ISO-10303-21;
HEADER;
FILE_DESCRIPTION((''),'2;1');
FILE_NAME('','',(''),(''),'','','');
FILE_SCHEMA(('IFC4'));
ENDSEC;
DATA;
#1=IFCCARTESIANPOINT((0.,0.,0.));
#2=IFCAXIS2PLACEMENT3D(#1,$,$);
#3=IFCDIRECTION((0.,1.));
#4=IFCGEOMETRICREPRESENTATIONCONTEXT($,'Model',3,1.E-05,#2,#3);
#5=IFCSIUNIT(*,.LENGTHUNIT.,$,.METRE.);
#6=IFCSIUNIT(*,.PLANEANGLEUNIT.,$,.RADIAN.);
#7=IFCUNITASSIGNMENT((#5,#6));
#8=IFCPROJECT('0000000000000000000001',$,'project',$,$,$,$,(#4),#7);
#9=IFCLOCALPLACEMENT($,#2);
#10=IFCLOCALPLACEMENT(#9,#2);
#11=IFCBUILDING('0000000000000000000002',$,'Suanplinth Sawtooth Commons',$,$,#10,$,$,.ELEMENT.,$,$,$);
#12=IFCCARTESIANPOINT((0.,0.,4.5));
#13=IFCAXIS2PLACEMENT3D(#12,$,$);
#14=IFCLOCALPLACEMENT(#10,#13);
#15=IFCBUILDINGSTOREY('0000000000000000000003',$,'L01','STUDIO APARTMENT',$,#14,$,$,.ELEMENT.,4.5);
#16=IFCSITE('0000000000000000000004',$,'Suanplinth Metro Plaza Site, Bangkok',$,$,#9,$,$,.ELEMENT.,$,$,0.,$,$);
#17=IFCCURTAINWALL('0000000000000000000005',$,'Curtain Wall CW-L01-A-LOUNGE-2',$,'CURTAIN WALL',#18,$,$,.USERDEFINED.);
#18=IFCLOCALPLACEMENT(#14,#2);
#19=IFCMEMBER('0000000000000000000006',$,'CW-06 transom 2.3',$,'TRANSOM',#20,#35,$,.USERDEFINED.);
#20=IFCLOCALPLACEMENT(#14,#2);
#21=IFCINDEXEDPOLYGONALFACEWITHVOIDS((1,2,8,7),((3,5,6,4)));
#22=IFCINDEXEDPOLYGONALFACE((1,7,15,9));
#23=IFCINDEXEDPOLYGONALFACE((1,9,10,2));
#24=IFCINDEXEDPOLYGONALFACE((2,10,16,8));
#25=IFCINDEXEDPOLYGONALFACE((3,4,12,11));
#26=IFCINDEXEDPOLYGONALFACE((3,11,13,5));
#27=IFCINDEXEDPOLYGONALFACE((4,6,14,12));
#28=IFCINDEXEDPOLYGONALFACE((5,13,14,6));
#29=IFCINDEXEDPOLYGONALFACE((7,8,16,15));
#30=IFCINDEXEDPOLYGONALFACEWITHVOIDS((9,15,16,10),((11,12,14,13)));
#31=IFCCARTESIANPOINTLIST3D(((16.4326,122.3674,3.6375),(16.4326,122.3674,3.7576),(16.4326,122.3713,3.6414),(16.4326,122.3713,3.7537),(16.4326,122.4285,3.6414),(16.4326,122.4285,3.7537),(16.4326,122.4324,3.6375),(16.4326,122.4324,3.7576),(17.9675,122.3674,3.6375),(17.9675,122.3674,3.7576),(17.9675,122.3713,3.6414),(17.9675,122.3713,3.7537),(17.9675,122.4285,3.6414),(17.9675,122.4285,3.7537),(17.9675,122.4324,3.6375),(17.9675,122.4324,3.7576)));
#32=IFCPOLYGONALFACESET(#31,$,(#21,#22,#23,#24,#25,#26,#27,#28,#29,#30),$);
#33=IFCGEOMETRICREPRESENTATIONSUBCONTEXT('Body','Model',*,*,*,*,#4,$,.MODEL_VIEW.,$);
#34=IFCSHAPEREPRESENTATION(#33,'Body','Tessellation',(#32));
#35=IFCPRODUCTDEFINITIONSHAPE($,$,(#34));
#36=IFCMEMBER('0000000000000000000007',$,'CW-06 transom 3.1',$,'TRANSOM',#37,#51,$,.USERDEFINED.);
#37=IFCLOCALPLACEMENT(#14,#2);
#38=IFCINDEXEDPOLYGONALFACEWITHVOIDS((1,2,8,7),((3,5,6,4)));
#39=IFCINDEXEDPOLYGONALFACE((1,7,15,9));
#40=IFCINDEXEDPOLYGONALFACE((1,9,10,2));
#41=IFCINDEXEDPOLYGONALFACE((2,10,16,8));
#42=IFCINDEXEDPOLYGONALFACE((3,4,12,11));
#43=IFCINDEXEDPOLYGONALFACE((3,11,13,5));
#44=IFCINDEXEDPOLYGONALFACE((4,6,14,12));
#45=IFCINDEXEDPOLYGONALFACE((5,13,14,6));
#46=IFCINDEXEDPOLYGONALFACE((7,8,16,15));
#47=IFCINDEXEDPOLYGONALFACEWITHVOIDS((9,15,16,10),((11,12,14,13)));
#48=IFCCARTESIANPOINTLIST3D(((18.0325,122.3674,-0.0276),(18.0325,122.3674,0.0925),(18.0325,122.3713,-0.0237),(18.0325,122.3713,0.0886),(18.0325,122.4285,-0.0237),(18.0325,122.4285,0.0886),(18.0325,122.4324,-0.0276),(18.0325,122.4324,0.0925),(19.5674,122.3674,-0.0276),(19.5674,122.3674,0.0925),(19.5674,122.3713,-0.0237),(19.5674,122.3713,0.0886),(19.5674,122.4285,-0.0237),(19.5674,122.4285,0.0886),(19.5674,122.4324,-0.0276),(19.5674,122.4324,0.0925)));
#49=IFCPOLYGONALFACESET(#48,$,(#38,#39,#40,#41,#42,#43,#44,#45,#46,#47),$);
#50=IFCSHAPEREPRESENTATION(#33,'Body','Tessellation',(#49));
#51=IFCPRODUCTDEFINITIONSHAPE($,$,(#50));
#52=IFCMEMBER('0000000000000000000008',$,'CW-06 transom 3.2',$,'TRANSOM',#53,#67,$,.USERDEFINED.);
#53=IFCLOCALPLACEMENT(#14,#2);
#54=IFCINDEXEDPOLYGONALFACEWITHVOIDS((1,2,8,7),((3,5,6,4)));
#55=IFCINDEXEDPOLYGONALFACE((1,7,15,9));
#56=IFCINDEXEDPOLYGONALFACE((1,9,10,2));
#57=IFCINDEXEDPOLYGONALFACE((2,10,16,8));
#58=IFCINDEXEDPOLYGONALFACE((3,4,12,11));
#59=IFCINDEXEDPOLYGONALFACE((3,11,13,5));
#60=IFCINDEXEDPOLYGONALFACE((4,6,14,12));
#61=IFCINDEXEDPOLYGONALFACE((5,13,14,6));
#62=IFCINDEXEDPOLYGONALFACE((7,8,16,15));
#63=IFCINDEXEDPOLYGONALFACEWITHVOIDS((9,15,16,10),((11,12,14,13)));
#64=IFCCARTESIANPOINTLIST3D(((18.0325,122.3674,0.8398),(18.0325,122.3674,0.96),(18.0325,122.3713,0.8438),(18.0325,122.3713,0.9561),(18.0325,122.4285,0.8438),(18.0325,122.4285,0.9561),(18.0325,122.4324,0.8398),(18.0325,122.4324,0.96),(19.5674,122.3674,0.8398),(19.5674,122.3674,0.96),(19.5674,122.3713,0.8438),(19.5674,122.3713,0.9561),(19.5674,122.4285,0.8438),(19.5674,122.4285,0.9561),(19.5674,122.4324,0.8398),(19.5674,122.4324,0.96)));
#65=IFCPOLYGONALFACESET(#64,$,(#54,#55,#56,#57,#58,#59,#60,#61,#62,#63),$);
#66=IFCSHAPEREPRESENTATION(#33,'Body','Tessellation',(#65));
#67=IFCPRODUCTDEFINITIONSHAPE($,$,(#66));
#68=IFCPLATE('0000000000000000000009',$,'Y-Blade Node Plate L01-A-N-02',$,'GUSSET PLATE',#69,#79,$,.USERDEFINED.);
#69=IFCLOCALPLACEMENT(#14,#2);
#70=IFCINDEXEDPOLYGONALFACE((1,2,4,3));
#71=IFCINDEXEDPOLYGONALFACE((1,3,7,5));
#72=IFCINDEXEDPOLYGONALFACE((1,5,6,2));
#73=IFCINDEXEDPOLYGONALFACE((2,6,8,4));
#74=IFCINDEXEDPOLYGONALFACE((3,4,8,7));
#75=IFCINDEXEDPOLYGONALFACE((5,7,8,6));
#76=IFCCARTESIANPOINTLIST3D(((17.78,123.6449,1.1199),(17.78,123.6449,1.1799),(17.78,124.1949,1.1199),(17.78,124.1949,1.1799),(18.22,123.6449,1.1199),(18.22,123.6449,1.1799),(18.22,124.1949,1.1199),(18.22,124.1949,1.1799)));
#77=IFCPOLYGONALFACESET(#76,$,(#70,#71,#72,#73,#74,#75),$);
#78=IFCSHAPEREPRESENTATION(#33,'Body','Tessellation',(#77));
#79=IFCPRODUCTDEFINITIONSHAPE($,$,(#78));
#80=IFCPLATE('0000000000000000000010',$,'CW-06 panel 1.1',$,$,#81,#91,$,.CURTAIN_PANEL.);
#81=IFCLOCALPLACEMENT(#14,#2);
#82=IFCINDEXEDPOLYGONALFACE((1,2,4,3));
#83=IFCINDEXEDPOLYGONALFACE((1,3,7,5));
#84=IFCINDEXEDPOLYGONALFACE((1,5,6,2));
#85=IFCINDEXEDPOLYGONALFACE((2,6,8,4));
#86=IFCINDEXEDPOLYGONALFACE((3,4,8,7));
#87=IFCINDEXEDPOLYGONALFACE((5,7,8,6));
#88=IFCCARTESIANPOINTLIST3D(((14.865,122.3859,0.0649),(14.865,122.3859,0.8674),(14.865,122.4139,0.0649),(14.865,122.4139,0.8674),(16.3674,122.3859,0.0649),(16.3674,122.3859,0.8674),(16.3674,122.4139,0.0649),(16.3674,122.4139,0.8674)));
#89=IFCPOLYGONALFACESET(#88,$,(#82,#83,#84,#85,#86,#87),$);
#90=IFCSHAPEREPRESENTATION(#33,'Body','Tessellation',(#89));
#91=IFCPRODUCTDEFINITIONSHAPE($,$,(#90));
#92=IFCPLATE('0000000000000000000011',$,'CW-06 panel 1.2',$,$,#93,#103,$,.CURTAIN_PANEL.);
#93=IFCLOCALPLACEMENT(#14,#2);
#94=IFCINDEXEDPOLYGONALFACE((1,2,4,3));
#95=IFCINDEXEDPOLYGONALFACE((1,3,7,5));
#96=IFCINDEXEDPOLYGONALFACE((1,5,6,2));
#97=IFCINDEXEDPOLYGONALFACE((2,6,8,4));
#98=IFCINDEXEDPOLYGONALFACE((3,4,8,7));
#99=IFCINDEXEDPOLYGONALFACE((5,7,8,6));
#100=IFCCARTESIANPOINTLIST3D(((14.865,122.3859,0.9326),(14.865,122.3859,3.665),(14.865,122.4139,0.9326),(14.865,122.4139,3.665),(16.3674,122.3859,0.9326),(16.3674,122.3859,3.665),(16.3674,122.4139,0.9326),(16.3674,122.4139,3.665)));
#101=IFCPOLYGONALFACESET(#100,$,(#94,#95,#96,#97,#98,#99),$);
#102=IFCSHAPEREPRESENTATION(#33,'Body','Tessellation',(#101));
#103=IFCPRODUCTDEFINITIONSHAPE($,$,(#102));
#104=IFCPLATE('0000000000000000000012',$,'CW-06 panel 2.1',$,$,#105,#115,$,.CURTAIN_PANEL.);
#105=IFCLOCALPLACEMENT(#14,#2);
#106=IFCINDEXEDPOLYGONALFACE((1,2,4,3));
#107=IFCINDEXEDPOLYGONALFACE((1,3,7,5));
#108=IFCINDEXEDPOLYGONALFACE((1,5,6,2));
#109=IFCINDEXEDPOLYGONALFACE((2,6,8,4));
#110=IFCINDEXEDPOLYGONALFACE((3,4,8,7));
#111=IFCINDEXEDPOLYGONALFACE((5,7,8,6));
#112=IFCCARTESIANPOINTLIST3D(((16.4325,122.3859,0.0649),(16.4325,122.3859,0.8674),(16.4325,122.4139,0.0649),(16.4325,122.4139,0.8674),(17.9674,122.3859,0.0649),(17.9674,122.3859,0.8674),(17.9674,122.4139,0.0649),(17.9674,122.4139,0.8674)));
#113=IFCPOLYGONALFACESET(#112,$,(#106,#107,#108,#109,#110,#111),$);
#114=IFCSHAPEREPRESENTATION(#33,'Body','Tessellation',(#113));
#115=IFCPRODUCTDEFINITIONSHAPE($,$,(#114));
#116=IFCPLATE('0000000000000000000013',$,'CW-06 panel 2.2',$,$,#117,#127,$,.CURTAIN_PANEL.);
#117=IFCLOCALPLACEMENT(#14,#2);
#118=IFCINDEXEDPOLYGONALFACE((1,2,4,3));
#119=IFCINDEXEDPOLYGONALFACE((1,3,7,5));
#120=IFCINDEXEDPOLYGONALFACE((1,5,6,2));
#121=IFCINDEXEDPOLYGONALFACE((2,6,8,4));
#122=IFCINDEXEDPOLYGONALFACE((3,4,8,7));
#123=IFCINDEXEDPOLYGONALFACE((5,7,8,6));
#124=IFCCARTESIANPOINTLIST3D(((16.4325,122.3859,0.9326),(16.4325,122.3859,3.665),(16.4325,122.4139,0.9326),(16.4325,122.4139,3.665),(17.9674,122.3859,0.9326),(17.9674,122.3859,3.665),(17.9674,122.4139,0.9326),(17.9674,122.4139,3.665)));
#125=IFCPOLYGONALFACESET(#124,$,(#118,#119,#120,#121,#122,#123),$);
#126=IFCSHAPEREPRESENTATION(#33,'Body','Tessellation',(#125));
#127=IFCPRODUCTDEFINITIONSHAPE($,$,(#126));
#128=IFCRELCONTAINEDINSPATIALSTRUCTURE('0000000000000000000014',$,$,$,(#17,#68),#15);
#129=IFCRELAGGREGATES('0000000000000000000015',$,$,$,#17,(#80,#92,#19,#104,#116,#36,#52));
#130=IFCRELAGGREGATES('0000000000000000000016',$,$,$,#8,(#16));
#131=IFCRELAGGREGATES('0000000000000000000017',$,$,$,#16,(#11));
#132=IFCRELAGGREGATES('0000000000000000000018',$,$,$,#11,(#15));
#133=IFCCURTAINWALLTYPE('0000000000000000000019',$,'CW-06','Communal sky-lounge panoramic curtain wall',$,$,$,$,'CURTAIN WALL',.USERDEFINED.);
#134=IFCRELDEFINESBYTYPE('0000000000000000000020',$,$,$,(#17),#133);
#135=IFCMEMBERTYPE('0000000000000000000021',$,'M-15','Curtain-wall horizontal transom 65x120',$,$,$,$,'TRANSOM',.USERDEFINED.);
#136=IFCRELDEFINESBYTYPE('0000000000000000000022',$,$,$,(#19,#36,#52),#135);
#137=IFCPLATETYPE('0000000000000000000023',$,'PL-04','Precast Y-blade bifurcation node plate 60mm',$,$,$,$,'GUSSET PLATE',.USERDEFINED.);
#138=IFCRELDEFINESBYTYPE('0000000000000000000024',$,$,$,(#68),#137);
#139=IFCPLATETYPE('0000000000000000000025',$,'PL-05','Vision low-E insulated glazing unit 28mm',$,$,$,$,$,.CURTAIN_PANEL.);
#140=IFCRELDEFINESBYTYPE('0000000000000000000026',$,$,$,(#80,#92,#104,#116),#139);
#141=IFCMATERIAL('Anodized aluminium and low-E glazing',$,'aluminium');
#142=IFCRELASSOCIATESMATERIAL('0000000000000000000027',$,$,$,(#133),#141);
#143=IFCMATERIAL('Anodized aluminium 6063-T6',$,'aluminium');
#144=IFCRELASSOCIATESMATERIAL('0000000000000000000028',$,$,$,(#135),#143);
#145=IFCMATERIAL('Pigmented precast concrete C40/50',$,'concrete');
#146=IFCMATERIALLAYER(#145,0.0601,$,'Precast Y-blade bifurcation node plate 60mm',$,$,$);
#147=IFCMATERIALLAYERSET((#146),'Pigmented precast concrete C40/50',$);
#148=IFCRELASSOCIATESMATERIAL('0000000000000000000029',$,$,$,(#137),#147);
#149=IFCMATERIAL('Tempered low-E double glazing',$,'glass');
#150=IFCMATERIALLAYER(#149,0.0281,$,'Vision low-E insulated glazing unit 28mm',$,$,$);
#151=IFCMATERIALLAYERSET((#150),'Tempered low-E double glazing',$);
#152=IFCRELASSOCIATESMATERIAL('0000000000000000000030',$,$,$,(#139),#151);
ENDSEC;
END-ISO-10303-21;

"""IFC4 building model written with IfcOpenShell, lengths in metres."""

from ifc_helpers import new_model, si_unit, direction, frame, origin, origin_2d, place, context, subcontext, project, spatial, rectangle, hollow_rectangle, extrude, material, layer, layer_set, material_profile, profile_set, type_object, element, aggregate, save


model = new_model("IFC4")

# Units and contexts
model_context = context("Model", 3, precision=1e-05, world=origin(), true_north=direction((0.0, 1.0)))
body_context = subcontext(model_context, "Body", "Model", "MODEL_VIEW")
ifc_project = project(units=[si_unit("LENGTHUNIT", "METRE"), si_unit("PLANEANGLEUNIT", "RADIAN")], contexts=[model_context])

# Site, building, storey
site_placement = place(None, origin())
site = spatial("IfcSite", under=ifc_project, at=site_placement, Name="Suanplinth Metro Plaza Site, Bangkok", CompositionType="ELEMENT", RefElevation=0.0)
building_placement = place(site_placement, origin())
building = spatial("IfcBuilding", under=site, at=building_placement, Name="Suanplinth Sawtooth Commons", CompositionType="ELEMENT")
storey_placement = place(building_placement, frame((0.0, 0.0, 4.5)))
storey = spatial("IfcBuildingStorey", under=building, at=storey_placement, Name="L01", Description="STUDIO APARTMENT", CompositionType="ELEMENT", Elevation=4.5)

# Shared definitions
ifc_material_1 = material(Name="Pigmented precast concrete C40/50", Category="concrete")

# Curtain wall, members
ifc_material_2 = material(Name="Anodized aluminium and low-E glazing", Category="aluminium")
curtain_wall_type = type_object("IfcCurtainWallType", Name="CW-06", Description="Communal sky-lounge panoramic curtain wall", ElementType="CURTAIN WALL", PredefinedType="USERDEFINED", material=ifc_material_2)
curtain_wall_placement = place(storey_placement, origin())
curtain_wall = element("IfcCurtainWall", 1, at=curtain_wall_placement, inside=storey, type_object=curtain_wall_type, Name="Curtain Wall CW-L01-A-LOUNGE-2", ObjectType="CURTAIN WALL", PredefinedType="USERDEFINED")
ifc_material_3 = material(Name="Anodized aluminium 6063-T6", Category="aluminium")
ifc_material_profile_1 = material_profile(ifc_material_3, hollow_rectangle(XDim=0.0649, YDim=0.1201, WallThickness=0.0039, at=origin_2d()), Name="ALU-TRN 65x120")
ifc_profile_set_1 = profile_set([ifc_material_profile_1], Name="Anodized aluminium 6063-T6")
member_type_1 = type_object("IfcMemberType", Name="M-15", Description="Curtain-wall horizontal transom 65x120", ElementType="TRANSOM", PredefinedType="USERDEFINED", material=ifc_profile_set_1)
member_1_placement = place(storey_placement, frame((16.4326, 122.3999, 3.6975), z_axis=(1.0, 0.0, 0.0), x_axis=(0.0, 1.0, 0.0)))
member_1 = element("IfcMember", 2, at=member_1_placement, type_object=member_type_1, Name="CW-06 transom 2.3", ObjectType="TRANSOM", PredefinedType="USERDEFINED", context=body_context, shape_type="SweptSolid", body=[
    extrude(hollow_rectangle(XDim=0.0649, YDim=0.1201, WallThickness=0.0039, at=origin_2d()), origin(), (0.0, 0.0, 1.0), 1.5349),
])
member_2_placement = place(storey_placement, frame((18.0325, 122.3999, 0.0325), z_axis=(1.0, 0.0, 0.0), x_axis=(0.0, 1.0, 0.0)))
member_2 = element("IfcMember", 3, at=member_2_placement, type_object=member_type_1, Name="CW-06 transom 3.1", ObjectType="TRANSOM", PredefinedType="USERDEFINED", context=body_context, shape_type="SweptSolid", body=[
    extrude(hollow_rectangle(XDim=0.0649, YDim=0.1201, WallThickness=0.0039, at=origin_2d()), origin(), (0.0, 0.0, 1.0), 1.5349),
])
member_3_placement = place(storey_placement, frame((18.0325, 122.3999, 0.8999), z_axis=(1.0, 0.0, 0.0), x_axis=(0.0, 1.0, 0.0)))
member_3 = element("IfcMember", 4, at=member_3_placement, type_object=member_type_1, Name="CW-06 transom 3.2", ObjectType="TRANSOM", PredefinedType="USERDEFINED", context=body_context, shape_type="SweptSolid", body=[
    extrude(hollow_rectangle(XDim=0.0649, YDim=0.1201, WallThickness=0.0039, at=origin_2d()), origin(), (0.0, 0.0, 1.0), 1.5349),
])

# Plates
ifc_layer_1 = layer(ifc_material_1, 0.0601, Name="Precast Y-blade bifurcation node plate 60mm")
ifc_layer_set_1 = layer_set([ifc_layer_1], Name="Pigmented precast concrete C40/50")
plate_type_1 = type_object("IfcPlateType", Name="PL-04", Description="Precast Y-blade bifurcation node plate 60mm", ElementType="GUSSET PLATE", PredefinedType="USERDEFINED", material=ifc_layer_set_1)
plate_1_placement = place(storey_placement, frame((18.0, 123.9199, 1.1199), z_axis=(0.0, 0.0, 1.0), x_axis=(1.0, 0.0, 0.0)))
element("IfcPlate", 5, at=plate_1_placement, inside=storey, type_object=plate_type_1, Name="Y-Blade Node Plate L01-A-N-02", ObjectType="GUSSET PLATE", PredefinedType="USERDEFINED", context=body_context, shape_type="SweptSolid", body=[
    extrude(rectangle(XDim=0.4399, YDim=0.55, at=origin_2d()), origin(), (0.0, 0.0, 1.0), 0.0601),
])
ifc_material_4 = material(Name="Tempered low-E double glazing", Category="glass")
ifc_layer_2 = layer(ifc_material_4, 0.0281, Name="Vision low-E insulated glazing unit 28mm")
ifc_layer_set_2 = layer_set([ifc_layer_2], Name="Tempered low-E double glazing")
plate_type_2 = type_object("IfcPlateType", Name="PL-05", Description="Vision low-E insulated glazing unit 28mm", PredefinedType="CURTAIN_PANEL", material=ifc_layer_set_2)
plate_2_placement = place(storey_placement, frame((15.6162, 122.3999, 0.0649), z_axis=(0.0, 0.0, 1.0), x_axis=(1.0, 0.0, 0.0)))
plate_2 = element("IfcPlate", 6, at=plate_2_placement, type_object=plate_type_2, Name="CW-06 panel 1.1", PredefinedType="CURTAIN_PANEL", context=body_context, shape_type="SweptSolid", body=[
    extrude(rectangle(XDim=1.5024, YDim=0.0281, at=origin_2d()), origin(), (0.0, 0.0, 1.0), 0.8025),
])
plate_3_placement = place(storey_placement, frame((15.6162, 122.3999, 0.9326), z_axis=(0.0, 0.0, 1.0), x_axis=(1.0, 0.0, 0.0)))
plate_3 = element("IfcPlate", 7, at=plate_3_placement, type_object=plate_type_2, Name="CW-06 panel 1.2", PredefinedType="CURTAIN_PANEL", context=body_context, shape_type="SweptSolid", body=[
    extrude(rectangle(XDim=1.5024, YDim=0.0281, at=origin_2d()), origin(), (0.0, 0.0, 1.0), 2.7324),
])
plate_4_placement = place(storey_placement, frame((17.2, 122.3999, 0.0649), z_axis=(0.0, 0.0, 1.0), x_axis=(1.0, 0.0, 0.0)))
plate_4 = element("IfcPlate", 8, at=plate_4_placement, type_object=plate_type_2, Name="CW-06 panel 2.1", PredefinedType="CURTAIN_PANEL", context=body_context, shape_type="SweptSolid", body=[
    extrude(rectangle(XDim=1.5349, YDim=0.0281, at=origin_2d()), origin(), (0.0, 0.0, 1.0), 0.8025),
])
plate_5_placement = place(storey_placement, frame((17.2, 122.3999, 0.9326), z_axis=(0.0, 0.0, 1.0), x_axis=(1.0, 0.0, 0.0)))
plate_5 = element("IfcPlate", 9, at=plate_5_placement, type_object=plate_type_2, Name="CW-06 panel 2.2", PredefinedType="CURTAIN_PANEL", context=body_context, shape_type="SweptSolid", body=[
    extrude(rectangle(XDim=1.5349, YDim=0.0281, at=origin_2d()), origin(), (0.0, 0.0, 1.0), 2.7324),
])
aggregate(curtain_wall, [plate_2, plate_3, member_1, plate_4, plate_5, member_2, member_3])

save(model, "model.ifc")
